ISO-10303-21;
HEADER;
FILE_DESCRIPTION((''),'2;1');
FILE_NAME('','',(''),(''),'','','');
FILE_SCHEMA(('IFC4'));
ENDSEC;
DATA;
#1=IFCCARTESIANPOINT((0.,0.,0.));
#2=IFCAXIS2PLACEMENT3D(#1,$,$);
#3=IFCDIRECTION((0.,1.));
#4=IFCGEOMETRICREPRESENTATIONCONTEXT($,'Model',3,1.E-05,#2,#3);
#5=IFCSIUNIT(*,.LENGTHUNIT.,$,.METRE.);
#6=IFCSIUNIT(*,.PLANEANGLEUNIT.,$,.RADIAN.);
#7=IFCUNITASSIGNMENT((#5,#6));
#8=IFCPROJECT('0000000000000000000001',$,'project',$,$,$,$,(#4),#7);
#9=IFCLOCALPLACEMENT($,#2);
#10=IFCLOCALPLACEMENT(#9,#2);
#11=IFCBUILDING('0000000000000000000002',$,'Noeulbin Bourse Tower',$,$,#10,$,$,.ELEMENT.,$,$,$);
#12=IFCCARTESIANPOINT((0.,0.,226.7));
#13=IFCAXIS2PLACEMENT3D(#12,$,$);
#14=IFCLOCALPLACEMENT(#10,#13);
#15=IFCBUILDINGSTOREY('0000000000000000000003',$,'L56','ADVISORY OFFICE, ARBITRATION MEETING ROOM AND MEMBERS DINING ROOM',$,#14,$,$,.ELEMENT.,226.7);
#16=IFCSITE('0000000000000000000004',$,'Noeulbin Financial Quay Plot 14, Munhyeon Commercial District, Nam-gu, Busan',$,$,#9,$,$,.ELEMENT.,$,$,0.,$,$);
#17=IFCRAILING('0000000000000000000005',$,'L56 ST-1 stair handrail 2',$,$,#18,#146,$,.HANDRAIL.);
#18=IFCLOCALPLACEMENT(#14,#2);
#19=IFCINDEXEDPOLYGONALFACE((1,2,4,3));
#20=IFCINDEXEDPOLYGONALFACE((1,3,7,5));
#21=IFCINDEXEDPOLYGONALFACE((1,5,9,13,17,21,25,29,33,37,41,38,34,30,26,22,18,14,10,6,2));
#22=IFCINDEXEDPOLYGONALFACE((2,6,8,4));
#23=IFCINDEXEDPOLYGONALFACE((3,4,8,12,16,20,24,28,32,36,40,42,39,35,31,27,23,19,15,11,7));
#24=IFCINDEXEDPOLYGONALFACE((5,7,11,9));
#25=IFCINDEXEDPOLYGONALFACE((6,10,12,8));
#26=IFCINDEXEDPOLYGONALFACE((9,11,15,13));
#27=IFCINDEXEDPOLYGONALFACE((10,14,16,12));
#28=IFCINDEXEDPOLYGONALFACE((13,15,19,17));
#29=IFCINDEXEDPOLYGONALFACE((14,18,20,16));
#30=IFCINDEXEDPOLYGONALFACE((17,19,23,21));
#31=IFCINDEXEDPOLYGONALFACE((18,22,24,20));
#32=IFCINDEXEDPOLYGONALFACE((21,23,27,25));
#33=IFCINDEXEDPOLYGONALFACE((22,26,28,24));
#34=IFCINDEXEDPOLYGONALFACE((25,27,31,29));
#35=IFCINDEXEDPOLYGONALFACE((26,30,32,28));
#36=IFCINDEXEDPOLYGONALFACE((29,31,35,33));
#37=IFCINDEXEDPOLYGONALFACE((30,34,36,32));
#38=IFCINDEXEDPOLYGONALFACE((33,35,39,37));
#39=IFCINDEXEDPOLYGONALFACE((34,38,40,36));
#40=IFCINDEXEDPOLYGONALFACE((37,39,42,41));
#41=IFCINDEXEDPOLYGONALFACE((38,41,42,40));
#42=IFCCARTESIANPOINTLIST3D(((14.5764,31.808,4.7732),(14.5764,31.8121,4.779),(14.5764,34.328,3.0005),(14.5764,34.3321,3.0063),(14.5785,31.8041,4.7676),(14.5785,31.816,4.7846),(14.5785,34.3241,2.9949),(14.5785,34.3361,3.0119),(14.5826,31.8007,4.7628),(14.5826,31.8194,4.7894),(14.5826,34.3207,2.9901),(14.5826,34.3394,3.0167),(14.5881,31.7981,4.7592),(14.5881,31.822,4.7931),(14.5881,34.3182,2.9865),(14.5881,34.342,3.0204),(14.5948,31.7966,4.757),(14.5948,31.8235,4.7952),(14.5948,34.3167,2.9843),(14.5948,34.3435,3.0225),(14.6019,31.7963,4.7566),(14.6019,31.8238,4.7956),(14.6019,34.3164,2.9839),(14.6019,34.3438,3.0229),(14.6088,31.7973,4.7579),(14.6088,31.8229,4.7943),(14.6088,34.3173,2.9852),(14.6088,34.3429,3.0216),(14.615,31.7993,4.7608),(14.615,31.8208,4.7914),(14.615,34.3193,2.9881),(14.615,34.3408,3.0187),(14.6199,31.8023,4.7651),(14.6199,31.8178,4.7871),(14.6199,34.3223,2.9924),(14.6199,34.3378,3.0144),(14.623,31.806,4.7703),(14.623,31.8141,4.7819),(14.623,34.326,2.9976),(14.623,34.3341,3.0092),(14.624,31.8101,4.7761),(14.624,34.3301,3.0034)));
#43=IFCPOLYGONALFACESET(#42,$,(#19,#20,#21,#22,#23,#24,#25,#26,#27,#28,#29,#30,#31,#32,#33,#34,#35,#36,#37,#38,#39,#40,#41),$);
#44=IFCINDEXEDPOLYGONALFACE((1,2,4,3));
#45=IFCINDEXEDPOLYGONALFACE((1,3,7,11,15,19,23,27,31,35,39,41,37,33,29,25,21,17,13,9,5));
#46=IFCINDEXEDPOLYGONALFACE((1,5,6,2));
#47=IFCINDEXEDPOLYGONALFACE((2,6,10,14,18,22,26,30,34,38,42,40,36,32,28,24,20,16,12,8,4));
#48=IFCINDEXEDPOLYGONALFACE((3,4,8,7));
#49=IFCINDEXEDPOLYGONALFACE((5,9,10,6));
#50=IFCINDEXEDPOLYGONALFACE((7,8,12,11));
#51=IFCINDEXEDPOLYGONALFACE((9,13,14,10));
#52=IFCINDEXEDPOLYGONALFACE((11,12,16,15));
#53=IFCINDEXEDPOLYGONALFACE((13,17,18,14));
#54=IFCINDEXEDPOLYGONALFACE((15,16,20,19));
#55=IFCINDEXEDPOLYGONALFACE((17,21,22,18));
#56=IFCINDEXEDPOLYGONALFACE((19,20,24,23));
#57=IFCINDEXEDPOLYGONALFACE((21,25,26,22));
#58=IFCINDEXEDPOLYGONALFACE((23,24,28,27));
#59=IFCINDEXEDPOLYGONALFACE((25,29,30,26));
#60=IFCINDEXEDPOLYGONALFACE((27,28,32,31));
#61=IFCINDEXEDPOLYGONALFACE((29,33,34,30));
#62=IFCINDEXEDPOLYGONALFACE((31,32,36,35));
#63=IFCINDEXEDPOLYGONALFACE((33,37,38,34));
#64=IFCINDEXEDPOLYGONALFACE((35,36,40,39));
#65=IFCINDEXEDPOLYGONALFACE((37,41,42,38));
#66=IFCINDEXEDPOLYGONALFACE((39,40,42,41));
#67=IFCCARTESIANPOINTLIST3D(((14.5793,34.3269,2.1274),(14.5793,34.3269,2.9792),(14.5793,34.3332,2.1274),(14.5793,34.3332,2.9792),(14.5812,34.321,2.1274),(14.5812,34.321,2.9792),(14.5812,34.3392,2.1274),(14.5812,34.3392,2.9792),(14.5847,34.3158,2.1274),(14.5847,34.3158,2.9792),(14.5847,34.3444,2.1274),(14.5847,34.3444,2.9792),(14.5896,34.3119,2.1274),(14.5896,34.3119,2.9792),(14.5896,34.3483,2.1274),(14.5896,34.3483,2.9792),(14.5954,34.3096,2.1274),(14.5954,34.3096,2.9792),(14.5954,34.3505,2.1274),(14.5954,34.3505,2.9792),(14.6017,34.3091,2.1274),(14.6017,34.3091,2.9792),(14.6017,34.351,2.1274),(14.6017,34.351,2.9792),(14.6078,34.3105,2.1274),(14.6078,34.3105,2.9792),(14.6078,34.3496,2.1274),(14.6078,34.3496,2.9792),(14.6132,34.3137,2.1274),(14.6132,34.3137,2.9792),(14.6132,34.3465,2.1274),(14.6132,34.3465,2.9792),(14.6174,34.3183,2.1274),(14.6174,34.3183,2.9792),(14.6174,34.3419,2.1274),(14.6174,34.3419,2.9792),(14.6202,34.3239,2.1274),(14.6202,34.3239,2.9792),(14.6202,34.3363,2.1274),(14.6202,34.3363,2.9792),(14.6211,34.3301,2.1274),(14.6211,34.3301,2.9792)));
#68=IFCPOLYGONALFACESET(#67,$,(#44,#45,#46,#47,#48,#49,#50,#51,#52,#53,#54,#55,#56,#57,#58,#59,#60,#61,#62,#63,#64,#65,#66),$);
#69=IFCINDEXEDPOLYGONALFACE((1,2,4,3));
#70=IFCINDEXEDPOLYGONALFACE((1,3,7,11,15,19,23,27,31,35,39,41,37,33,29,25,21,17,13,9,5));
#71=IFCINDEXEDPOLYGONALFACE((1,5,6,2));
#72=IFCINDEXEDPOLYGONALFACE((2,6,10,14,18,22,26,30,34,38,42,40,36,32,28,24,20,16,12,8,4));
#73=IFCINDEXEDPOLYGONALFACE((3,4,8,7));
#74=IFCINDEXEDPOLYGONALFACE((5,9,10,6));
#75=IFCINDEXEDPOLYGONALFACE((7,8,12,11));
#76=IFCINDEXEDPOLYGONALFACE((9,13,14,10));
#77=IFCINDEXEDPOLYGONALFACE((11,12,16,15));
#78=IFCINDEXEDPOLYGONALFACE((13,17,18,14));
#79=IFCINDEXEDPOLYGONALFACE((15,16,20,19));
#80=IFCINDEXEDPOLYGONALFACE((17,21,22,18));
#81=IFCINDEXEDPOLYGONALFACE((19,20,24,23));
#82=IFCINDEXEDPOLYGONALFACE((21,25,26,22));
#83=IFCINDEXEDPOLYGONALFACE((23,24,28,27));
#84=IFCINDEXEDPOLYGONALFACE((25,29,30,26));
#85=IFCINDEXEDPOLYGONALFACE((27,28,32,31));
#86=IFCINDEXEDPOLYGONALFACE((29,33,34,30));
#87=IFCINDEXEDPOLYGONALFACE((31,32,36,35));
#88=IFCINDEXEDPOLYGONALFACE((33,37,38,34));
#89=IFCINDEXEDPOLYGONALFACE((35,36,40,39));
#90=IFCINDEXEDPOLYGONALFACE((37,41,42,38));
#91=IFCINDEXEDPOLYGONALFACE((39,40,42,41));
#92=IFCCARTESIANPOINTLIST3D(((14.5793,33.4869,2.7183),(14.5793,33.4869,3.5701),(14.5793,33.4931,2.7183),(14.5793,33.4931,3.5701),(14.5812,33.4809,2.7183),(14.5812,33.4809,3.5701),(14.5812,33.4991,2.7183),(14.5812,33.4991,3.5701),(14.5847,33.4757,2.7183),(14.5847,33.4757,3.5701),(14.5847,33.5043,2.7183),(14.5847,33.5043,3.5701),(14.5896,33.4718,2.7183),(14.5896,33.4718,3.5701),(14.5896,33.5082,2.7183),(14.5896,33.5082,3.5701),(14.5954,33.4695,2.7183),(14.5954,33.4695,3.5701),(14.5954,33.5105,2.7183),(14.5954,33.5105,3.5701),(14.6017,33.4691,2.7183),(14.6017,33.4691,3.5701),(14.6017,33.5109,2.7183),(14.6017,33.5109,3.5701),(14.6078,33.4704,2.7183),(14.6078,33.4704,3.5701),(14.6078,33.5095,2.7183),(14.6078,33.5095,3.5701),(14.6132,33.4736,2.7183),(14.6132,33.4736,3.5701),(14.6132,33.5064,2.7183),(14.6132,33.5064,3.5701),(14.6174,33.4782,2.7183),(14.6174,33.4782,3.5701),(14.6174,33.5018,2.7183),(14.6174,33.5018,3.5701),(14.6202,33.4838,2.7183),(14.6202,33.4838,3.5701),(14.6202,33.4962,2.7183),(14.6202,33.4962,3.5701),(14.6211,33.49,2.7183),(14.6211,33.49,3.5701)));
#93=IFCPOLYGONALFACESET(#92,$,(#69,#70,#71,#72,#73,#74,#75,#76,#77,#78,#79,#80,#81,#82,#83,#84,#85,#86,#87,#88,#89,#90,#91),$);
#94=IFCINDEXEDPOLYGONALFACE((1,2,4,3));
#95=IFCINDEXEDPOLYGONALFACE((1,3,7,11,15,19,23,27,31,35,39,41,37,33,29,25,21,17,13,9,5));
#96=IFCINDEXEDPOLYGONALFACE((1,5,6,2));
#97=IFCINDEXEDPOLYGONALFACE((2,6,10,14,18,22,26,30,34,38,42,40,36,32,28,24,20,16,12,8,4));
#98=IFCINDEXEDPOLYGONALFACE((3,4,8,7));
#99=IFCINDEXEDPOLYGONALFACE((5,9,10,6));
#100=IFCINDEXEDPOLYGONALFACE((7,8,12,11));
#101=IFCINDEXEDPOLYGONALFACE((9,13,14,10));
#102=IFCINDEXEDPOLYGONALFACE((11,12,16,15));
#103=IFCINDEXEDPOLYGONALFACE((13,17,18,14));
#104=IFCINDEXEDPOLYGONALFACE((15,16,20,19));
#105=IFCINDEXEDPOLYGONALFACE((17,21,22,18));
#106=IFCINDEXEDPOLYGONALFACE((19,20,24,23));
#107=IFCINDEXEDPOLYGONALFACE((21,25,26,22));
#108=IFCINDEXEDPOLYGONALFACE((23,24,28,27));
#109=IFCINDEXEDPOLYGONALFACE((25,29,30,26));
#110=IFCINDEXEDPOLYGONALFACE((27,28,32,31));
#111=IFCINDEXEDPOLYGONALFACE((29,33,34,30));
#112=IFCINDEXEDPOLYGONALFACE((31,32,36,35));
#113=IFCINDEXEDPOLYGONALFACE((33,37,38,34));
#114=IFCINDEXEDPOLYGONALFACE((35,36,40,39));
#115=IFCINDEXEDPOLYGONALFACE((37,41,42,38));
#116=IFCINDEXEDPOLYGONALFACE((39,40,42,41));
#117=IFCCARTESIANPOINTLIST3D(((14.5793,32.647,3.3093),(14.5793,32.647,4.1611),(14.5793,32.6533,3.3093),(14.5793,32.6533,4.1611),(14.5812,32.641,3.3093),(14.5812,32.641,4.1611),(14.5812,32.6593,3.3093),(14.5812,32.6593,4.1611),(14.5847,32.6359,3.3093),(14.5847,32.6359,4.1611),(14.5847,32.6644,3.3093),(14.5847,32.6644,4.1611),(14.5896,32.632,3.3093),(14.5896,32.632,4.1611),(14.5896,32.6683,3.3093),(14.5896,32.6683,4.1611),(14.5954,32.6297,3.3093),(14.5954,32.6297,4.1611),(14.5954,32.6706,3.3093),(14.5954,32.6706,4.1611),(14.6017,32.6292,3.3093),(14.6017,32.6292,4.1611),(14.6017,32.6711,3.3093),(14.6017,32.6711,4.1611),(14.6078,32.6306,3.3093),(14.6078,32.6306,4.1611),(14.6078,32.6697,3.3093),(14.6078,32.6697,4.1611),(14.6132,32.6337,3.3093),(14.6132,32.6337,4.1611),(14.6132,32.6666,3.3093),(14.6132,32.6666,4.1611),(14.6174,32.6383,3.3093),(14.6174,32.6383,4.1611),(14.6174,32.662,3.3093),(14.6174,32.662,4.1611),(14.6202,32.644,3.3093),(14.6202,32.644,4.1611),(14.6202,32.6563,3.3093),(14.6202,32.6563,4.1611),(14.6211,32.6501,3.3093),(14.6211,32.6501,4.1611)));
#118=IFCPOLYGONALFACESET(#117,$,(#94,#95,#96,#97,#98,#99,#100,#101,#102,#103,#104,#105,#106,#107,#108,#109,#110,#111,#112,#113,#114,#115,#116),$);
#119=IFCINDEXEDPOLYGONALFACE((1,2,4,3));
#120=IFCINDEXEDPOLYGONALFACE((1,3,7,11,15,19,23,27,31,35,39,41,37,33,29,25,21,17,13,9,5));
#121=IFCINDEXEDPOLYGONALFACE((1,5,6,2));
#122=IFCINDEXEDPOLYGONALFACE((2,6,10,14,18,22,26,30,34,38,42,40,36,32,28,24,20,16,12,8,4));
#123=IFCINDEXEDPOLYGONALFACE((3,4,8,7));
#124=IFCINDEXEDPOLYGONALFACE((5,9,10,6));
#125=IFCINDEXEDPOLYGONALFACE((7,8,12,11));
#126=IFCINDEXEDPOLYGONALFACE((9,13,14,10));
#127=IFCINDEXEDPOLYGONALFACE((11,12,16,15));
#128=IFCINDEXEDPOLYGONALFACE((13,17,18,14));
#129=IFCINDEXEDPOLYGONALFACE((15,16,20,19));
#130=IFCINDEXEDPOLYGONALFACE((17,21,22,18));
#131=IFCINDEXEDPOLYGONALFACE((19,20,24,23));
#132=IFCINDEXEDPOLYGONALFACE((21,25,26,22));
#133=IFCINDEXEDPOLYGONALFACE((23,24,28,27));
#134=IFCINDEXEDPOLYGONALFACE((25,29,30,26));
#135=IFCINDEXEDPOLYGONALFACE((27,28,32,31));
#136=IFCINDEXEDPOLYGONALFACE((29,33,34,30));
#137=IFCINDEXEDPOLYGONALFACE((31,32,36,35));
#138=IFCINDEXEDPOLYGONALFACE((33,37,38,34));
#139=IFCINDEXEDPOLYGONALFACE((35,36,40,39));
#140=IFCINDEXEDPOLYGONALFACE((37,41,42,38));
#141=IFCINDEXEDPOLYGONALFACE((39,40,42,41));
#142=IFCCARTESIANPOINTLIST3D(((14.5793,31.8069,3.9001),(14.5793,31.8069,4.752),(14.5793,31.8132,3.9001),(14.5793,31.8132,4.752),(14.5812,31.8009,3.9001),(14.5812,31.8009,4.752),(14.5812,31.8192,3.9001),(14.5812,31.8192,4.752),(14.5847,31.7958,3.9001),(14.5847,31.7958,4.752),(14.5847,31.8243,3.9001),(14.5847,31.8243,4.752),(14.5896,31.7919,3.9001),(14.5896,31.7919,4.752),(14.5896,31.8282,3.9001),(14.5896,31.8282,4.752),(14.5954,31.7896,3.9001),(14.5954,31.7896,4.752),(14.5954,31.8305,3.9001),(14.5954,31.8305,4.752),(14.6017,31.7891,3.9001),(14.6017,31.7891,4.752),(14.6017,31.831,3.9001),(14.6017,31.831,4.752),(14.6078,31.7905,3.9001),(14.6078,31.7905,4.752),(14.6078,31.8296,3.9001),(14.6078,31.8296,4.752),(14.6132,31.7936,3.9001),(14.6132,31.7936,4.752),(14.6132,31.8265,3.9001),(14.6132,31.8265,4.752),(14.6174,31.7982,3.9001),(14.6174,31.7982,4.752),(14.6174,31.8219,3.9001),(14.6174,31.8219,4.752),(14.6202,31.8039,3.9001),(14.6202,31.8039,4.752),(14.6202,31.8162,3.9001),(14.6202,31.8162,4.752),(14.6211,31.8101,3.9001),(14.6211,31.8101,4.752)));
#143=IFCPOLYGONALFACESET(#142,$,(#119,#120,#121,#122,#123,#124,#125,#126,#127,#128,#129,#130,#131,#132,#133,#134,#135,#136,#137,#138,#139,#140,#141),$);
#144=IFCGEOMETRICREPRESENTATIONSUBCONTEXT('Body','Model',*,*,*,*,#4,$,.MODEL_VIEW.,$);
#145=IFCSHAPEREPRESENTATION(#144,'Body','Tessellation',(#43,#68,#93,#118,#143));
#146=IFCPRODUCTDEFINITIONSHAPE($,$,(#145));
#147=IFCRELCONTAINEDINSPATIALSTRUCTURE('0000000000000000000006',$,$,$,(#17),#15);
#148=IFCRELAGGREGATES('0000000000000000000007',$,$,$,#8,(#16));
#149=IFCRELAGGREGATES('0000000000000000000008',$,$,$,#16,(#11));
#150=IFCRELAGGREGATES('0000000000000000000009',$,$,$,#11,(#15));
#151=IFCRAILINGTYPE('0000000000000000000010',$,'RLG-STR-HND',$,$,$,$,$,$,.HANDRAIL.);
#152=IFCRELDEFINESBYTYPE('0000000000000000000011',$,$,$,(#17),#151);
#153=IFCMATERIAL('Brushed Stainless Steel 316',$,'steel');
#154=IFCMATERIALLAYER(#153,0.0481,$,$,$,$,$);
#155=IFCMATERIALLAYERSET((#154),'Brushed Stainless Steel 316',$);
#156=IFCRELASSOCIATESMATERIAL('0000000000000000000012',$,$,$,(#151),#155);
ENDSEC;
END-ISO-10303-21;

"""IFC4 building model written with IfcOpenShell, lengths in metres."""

from ifc_helpers import new_model, si_unit, direction, frame, origin, origin_2d, place, context, subcontext, project, spatial, circle, extrude, material, layer, layer_set, type_object, element, save


model = new_model("IFC4")

# Units and contexts
model_context = context("Model", 3, precision=1e-05, world=origin(), true_north=direction((0.0, 1.0)))
body_context = subcontext(model_context, "Body", "Model", "MODEL_VIEW")
ifc_project = project(units=[si_unit("LENGTHUNIT", "METRE"), si_unit("PLANEANGLEUNIT", "RADIAN")], contexts=[model_context])

# Site, building, storey
site_placement = place(None, origin())
site = spatial("IfcSite", under=ifc_project, at=site_placement, Name="Noeulbin Financial Quay Plot 14, Munhyeon Commercial District, Nam-gu, Busan", CompositionType="ELEMENT", RefElevation=0.0)
building_placement = place(site_placement, origin())
building = spatial("IfcBuilding", under=site, at=building_placement, Name="Noeulbin Bourse Tower", CompositionType="ELEMENT")
storey_placement = place(building_placement, frame((0.0, 0.0, 226.7)))
storey = spatial("IfcBuildingStorey", under=building, at=storey_placement, Name="L56", Description="ADVISORY OFFICE, ARBITRATION MEETING ROOM AND MEMBERS DINING ROOM", CompositionType="ELEMENT", Elevation=226.7)

# Shared definitions
ifc_material_1 = material(Name="Brushed Stainless Steel 316", Category="steel")

# Railing
ifc_layer_1 = layer(ifc_material_1, 0.0481)
ifc_layer_set_1 = layer_set([ifc_layer_1], Name="Brushed Stainless Steel 316")
railing_type_1 = type_object("IfcRailingType", Name="RLG-STR-HND", PredefinedType="HANDRAIL", material=ifc_layer_set_1)
railing_1_placement = place(storey_placement, frame((14.6001, 34.3301, 2.1274)))
element("IfcRailing", 1, at=railing_1_placement, inside=storey, type_object=railing_type_1, Name="L56 ST-1 stair handrail 2", PredefinedType="HANDRAIL", context=body_context, shape_type="SweptSolid", body=[
    extrude(circle(Radius=0.0239, at=origin_2d()), frame((0.0, 0.0, 0.876), z_axis=(0.0, -0.817904, 0.575354), x_axis=(1.0, 0.0, 0.0)), (0.0, 0.0, 1.0), 3.0811),
    extrude(circle(Radius=0.021, at=origin_2d()), origin(), (0.0, 0.0, 1.0), 0.8518),
    extrude(circle(Radius=0.021, at=origin_2d()), frame((0.0, -0.8401, 0.5908)), (0.0, 0.0, 1.0), 0.8518),
    extrude(circle(Radius=0.021, at=origin_2d()), frame((0.0, -1.6799, 1.1819)), (0.0, 0.0, 1.0), 0.8518),
    extrude(circle(Radius=0.021, at=origin_2d()), frame((0.0, -2.52, 1.7727)), (0.0, 0.0, 1.0), 0.8518),
])

save(model, "model.ifc")
